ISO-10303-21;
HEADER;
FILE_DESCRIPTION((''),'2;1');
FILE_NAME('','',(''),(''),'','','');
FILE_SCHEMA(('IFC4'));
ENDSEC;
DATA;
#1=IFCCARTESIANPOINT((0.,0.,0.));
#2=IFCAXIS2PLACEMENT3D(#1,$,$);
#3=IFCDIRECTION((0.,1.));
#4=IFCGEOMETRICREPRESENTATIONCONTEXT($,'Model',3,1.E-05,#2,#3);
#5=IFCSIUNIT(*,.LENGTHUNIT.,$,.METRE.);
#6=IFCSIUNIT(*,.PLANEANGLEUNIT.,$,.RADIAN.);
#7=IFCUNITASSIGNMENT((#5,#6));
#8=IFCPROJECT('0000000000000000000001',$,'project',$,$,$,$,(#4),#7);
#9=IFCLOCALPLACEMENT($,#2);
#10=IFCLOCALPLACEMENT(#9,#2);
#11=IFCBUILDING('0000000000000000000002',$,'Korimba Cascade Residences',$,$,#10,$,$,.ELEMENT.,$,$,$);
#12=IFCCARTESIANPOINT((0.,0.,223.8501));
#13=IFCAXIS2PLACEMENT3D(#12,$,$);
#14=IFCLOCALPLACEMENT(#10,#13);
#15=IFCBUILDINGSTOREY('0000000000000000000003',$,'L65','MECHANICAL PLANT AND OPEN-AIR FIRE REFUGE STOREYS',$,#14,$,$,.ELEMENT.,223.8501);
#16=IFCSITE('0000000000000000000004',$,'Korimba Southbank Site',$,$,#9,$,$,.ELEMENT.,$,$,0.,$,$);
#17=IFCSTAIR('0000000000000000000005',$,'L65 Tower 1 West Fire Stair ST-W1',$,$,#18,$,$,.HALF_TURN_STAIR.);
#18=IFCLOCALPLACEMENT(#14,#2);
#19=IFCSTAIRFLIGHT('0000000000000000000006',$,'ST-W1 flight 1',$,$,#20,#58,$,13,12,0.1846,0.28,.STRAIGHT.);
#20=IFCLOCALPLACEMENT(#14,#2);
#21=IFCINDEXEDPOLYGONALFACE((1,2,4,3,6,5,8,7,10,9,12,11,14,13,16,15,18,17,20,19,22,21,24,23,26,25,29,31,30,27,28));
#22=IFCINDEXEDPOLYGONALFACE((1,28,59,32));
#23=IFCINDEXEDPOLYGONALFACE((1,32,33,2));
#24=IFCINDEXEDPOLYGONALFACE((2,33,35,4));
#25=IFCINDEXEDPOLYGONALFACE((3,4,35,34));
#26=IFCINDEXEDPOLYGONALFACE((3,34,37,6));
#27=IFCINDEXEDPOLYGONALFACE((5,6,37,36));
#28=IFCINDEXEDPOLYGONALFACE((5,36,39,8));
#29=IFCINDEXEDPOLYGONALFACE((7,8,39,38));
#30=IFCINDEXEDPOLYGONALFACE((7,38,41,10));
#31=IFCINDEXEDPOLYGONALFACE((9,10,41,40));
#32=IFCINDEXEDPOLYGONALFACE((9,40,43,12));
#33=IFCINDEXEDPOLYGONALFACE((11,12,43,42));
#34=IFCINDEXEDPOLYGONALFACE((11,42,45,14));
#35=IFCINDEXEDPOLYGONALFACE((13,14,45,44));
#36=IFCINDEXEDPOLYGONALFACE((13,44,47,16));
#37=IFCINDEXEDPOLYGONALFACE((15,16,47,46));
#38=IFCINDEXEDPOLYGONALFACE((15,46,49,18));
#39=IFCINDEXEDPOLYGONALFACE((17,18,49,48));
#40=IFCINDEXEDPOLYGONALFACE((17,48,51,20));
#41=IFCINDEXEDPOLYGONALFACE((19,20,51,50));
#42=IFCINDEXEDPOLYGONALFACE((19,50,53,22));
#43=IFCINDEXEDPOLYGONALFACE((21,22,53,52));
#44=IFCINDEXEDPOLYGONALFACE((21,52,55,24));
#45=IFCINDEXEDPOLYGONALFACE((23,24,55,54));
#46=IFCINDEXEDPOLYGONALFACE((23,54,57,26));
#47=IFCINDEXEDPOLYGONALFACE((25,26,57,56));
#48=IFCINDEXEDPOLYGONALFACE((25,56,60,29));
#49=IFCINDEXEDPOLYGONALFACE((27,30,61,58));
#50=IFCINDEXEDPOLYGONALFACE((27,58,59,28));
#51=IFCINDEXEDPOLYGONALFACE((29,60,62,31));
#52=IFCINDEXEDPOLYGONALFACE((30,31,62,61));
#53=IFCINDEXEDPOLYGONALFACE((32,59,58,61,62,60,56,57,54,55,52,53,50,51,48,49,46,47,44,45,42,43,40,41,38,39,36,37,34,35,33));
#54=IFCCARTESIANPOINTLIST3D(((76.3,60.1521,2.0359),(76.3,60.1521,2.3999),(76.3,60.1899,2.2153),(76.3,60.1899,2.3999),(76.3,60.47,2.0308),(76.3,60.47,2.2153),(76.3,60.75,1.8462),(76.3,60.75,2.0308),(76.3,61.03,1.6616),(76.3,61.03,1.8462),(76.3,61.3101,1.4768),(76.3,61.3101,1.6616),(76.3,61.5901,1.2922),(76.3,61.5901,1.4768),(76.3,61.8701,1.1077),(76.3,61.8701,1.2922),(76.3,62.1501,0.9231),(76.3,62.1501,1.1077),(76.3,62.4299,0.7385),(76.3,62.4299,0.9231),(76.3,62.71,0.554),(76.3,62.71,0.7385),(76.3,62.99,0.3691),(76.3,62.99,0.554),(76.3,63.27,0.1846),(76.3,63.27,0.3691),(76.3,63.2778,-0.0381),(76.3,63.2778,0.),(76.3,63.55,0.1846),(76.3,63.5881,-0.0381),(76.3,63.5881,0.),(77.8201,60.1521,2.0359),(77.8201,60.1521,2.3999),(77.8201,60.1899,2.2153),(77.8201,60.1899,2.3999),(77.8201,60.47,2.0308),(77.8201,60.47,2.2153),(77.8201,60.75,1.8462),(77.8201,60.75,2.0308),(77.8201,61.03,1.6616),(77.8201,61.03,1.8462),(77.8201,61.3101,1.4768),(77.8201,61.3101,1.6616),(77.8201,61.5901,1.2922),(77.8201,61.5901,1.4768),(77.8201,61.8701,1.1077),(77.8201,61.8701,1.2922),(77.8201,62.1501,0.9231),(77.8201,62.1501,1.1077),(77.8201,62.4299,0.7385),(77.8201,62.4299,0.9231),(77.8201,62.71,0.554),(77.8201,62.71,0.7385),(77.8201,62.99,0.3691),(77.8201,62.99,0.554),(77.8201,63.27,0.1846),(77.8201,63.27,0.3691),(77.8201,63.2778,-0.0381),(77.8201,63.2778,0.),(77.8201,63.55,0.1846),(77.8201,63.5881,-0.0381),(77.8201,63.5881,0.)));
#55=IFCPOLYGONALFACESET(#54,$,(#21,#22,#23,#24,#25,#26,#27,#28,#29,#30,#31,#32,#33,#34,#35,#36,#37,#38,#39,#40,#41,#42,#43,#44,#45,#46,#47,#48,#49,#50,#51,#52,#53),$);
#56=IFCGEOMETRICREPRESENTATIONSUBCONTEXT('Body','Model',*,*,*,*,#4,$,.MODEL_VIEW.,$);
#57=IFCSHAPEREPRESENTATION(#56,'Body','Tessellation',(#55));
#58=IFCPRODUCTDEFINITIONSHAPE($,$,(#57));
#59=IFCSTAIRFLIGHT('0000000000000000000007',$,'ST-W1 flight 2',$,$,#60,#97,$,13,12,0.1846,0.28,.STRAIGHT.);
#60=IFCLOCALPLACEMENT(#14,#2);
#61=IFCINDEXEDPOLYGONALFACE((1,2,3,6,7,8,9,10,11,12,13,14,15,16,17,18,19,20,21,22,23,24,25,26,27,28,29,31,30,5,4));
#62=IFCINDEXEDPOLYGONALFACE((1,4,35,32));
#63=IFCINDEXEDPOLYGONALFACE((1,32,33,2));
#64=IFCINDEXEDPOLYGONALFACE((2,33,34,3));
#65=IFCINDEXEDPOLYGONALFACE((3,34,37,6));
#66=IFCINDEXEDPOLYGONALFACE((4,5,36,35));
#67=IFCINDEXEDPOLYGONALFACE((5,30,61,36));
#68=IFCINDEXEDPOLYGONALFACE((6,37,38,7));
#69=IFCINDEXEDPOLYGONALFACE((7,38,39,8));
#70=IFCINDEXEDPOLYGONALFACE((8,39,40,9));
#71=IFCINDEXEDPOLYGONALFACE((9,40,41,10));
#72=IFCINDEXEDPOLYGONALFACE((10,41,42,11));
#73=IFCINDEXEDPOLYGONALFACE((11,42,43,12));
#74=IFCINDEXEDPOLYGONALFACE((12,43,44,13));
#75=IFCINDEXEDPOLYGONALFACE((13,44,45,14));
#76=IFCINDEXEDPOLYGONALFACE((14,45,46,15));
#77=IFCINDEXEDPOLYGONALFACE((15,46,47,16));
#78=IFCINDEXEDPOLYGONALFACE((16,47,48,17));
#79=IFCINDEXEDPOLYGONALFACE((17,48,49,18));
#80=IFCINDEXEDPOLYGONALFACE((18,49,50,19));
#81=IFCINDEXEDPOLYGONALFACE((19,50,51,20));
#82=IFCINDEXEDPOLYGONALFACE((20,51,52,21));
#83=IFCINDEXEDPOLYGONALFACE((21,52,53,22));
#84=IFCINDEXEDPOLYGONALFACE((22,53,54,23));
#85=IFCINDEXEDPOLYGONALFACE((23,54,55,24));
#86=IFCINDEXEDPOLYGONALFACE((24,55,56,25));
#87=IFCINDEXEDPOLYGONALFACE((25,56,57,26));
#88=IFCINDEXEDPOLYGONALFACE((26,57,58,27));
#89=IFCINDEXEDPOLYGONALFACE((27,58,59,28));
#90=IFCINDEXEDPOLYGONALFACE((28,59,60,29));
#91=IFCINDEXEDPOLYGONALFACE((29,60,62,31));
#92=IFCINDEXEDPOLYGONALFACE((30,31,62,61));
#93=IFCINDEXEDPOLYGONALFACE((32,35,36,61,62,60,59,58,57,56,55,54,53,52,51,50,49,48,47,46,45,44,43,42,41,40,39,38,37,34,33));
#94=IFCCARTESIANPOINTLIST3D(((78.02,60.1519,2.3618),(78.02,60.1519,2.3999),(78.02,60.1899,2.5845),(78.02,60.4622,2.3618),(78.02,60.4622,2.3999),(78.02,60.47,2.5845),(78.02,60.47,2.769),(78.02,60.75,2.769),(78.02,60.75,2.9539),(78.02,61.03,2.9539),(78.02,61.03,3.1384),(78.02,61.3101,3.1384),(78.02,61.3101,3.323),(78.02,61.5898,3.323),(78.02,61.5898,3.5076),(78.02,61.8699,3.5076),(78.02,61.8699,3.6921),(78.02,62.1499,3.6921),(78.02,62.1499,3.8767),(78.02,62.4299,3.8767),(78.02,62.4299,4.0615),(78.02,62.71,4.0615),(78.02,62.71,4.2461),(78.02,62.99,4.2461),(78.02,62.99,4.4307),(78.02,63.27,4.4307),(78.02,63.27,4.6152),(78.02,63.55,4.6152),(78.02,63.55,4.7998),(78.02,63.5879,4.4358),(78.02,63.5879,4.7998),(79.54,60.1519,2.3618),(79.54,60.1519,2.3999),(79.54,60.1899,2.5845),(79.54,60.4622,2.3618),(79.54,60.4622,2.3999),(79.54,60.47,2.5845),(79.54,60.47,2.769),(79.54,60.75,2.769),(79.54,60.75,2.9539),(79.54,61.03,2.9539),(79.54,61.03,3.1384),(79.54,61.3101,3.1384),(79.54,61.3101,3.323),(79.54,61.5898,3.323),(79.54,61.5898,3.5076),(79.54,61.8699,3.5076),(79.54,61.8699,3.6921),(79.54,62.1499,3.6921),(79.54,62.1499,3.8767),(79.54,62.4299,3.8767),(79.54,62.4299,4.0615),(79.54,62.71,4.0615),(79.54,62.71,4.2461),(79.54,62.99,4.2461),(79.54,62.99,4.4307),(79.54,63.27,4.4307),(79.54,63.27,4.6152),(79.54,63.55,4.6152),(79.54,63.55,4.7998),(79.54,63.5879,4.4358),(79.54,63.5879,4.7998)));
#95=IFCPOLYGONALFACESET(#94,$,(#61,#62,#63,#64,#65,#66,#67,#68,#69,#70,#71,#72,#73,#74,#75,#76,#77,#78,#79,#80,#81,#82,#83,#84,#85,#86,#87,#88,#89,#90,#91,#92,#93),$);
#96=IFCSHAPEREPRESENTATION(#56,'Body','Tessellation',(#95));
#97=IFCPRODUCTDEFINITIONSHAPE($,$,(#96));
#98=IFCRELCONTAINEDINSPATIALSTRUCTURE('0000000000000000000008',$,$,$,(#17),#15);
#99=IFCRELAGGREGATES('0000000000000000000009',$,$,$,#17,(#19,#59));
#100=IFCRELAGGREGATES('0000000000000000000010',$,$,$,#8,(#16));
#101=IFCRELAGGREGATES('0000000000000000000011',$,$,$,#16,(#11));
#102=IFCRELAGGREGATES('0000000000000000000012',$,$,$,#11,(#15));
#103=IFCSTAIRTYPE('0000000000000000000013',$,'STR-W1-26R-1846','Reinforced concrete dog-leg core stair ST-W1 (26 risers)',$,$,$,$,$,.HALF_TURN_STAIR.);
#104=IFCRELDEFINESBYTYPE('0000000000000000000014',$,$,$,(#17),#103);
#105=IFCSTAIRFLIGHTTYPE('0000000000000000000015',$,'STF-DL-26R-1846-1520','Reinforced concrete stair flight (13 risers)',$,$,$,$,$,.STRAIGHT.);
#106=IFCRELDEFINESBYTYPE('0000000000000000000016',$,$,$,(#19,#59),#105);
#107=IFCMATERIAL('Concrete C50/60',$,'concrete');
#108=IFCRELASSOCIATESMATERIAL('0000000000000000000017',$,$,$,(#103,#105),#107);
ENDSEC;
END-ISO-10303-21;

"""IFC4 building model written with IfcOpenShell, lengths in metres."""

from ifc_helpers import new_model, si_unit, direction, frame, origin, place, context, subcontext, project, spatial, polyline, outline, extrude, material, type_object, element, aggregate, save


model = new_model("IFC4")

# Units and contexts
model_context = context("Model", 3, precision=1e-05, world=origin(), true_north=direction((0.0, 1.0)))
body_context = subcontext(model_context, "Body", "Model", "MODEL_VIEW")
ifc_project = project(units=[si_unit("LENGTHUNIT", "METRE"), si_unit("PLANEANGLEUNIT", "RADIAN")], contexts=[model_context])

# Site, building, storey
site_placement = place(None, origin())
site = spatial("IfcSite", under=ifc_project, at=site_placement, Name="Korimba Southbank Site", CompositionType="ELEMENT", RefElevation=0.0)
building_placement = place(site_placement, origin())
building = spatial("IfcBuilding", under=site, at=building_placement, Name="Korimba Cascade Residences", CompositionType="ELEMENT")
storey_placement = place(building_placement, frame((0.0, 0.0, 223.8501)))
storey = spatial("IfcBuildingStorey", under=building, at=storey_placement, Name="L65", Description="MECHANICAL PLANT AND OPEN-AIR FIRE REFUGE STOREYS", CompositionType="ELEMENT", Elevation=223.8501)

# Shared definitions
ifc_material_1 = material(Name="Concrete C50/60", Category="concrete")

# Stair, stair flights
stair_type = type_object("IfcStairType", Name="STR-W1-26R-1846", Description="Reinforced concrete dog-leg core stair ST-W1 (26 risers)", PredefinedType="HALF_TURN_STAIR", material=ifc_material_1)
stair_placement = place(storey_placement, origin())
stair = element("IfcStair", 1, at=stair_placement, inside=storey, type_object=stair_type, Name="L65 Tower 1 West Fire Stair ST-W1", PredefinedType="HALF_TURN_STAIR")
stair_flight_type = type_object("IfcStairFlightType", Name="STF-DL-26R-1846-1520", Description="Reinforced concrete stair flight (13 risers)", PredefinedType="STRAIGHT", material=ifc_material_1)
stair_flight_1_placement = place(storey_placement, frame((77.0601, 63.55, 0.0), z_axis=(0.0, 0.0, 1.0), x_axis=(0.0, -1.0, 0.0)))
stair_flight_1 = element("IfcStairFlight", 2, at=stair_flight_1_placement, type_object=stair_flight_type, Name="ST-W1 flight 1", NumberOfRisers=13, NumberOfTreads=12, PredefinedType="STRAIGHT", RiserHeight=0.1846, TreadLength=0.28, context=body_context, shape_type="SweptSolid", body=[
    extrude(outline(polyline([(-0.0381, 0.0), (0.0, 0.1846), (0.28, 0.1846), (0.28, 0.3691), (0.5601, 0.3691), (0.5601, 0.554), (0.8401, 0.554), (0.8401, 0.7385), (1.1201, 0.7385), (1.1201, 0.9231), (1.3999, 0.9231), (1.3999, 1.1077), (1.6799, 1.1077), (1.6799, 1.2922), (1.96, 1.2922), (1.96, 1.4768), (2.24, 1.4768), (2.24, 1.6616), (2.52, 1.6616), (2.52, 1.8462), (2.8, 1.8462), (2.8, 2.0308), (3.0801, 2.0308), (3.0801, 2.2153), (3.3601, 2.2153), (3.3601, 2.3999), (3.3979, 2.3999), (3.3979, 2.0359), (0.2722, 0.0), (0.2722, -0.0381), (-0.0381, -0.0381), (-0.0381, 0.0)])), frame((0.0, 0.76, 0.0), z_axis=(0.0, -1.0, 0.0), x_axis=(1.0, 0.0, 0.0)), (0.0, 0.0, 1.0), 1.52),
])
stair_flight_2_placement = place(storey_placement, frame((78.78, 60.1899, 2.3999), z_axis=(0.0, 0.0, 1.0), x_axis=(0.0, 1.0, 0.0)))
stair_flight_2 = element("IfcStairFlight", 3, at=stair_flight_2_placement, type_object=stair_flight_type, Name="ST-W1 flight 2", NumberOfRisers=13, NumberOfTreads=12, PredefinedType="STRAIGHT", RiserHeight=0.1846, TreadLength=0.28, context=body_context, shape_type="SweptSolid", body=[
    extrude(outline(polyline([(-0.0381, 0.0), (0.0, 0.1846), (0.28, 0.1846), (0.28, 0.3691), (0.5601, 0.3691), (0.5601, 0.554), (0.8401, 0.554), (0.8401, 0.7385), (1.1201, 0.7385), (1.1201, 0.9231), (1.3999, 0.9231), (1.3999, 1.1077), (1.6799, 1.1077), (1.6799, 1.2922), (1.96, 1.2922), (1.96, 1.4768), (2.24, 1.4768), (2.24, 1.6616), (2.52, 1.6616), (2.52, 1.8462), (2.8, 1.8462), (2.8, 2.0308), (3.0801, 2.0308), (3.0801, 2.2153), (3.3601, 2.2153), (3.3601, 2.3999), (3.3979, 2.3999), (3.3979, 2.0359), (0.2722, 0.0), (0.2722, -0.0381), (-0.0381, -0.0381), (-0.0381, 0.0)])), frame((0.0, 0.76, 0.0), z_axis=(0.0, -1.0, 0.0), x_axis=(1.0, 0.0, 0.0)), (0.0, 0.0, 1.0), 1.52),
])
aggregate(stair, [stair_flight_1, stair_flight_2])

save(model, "model.ifc")
